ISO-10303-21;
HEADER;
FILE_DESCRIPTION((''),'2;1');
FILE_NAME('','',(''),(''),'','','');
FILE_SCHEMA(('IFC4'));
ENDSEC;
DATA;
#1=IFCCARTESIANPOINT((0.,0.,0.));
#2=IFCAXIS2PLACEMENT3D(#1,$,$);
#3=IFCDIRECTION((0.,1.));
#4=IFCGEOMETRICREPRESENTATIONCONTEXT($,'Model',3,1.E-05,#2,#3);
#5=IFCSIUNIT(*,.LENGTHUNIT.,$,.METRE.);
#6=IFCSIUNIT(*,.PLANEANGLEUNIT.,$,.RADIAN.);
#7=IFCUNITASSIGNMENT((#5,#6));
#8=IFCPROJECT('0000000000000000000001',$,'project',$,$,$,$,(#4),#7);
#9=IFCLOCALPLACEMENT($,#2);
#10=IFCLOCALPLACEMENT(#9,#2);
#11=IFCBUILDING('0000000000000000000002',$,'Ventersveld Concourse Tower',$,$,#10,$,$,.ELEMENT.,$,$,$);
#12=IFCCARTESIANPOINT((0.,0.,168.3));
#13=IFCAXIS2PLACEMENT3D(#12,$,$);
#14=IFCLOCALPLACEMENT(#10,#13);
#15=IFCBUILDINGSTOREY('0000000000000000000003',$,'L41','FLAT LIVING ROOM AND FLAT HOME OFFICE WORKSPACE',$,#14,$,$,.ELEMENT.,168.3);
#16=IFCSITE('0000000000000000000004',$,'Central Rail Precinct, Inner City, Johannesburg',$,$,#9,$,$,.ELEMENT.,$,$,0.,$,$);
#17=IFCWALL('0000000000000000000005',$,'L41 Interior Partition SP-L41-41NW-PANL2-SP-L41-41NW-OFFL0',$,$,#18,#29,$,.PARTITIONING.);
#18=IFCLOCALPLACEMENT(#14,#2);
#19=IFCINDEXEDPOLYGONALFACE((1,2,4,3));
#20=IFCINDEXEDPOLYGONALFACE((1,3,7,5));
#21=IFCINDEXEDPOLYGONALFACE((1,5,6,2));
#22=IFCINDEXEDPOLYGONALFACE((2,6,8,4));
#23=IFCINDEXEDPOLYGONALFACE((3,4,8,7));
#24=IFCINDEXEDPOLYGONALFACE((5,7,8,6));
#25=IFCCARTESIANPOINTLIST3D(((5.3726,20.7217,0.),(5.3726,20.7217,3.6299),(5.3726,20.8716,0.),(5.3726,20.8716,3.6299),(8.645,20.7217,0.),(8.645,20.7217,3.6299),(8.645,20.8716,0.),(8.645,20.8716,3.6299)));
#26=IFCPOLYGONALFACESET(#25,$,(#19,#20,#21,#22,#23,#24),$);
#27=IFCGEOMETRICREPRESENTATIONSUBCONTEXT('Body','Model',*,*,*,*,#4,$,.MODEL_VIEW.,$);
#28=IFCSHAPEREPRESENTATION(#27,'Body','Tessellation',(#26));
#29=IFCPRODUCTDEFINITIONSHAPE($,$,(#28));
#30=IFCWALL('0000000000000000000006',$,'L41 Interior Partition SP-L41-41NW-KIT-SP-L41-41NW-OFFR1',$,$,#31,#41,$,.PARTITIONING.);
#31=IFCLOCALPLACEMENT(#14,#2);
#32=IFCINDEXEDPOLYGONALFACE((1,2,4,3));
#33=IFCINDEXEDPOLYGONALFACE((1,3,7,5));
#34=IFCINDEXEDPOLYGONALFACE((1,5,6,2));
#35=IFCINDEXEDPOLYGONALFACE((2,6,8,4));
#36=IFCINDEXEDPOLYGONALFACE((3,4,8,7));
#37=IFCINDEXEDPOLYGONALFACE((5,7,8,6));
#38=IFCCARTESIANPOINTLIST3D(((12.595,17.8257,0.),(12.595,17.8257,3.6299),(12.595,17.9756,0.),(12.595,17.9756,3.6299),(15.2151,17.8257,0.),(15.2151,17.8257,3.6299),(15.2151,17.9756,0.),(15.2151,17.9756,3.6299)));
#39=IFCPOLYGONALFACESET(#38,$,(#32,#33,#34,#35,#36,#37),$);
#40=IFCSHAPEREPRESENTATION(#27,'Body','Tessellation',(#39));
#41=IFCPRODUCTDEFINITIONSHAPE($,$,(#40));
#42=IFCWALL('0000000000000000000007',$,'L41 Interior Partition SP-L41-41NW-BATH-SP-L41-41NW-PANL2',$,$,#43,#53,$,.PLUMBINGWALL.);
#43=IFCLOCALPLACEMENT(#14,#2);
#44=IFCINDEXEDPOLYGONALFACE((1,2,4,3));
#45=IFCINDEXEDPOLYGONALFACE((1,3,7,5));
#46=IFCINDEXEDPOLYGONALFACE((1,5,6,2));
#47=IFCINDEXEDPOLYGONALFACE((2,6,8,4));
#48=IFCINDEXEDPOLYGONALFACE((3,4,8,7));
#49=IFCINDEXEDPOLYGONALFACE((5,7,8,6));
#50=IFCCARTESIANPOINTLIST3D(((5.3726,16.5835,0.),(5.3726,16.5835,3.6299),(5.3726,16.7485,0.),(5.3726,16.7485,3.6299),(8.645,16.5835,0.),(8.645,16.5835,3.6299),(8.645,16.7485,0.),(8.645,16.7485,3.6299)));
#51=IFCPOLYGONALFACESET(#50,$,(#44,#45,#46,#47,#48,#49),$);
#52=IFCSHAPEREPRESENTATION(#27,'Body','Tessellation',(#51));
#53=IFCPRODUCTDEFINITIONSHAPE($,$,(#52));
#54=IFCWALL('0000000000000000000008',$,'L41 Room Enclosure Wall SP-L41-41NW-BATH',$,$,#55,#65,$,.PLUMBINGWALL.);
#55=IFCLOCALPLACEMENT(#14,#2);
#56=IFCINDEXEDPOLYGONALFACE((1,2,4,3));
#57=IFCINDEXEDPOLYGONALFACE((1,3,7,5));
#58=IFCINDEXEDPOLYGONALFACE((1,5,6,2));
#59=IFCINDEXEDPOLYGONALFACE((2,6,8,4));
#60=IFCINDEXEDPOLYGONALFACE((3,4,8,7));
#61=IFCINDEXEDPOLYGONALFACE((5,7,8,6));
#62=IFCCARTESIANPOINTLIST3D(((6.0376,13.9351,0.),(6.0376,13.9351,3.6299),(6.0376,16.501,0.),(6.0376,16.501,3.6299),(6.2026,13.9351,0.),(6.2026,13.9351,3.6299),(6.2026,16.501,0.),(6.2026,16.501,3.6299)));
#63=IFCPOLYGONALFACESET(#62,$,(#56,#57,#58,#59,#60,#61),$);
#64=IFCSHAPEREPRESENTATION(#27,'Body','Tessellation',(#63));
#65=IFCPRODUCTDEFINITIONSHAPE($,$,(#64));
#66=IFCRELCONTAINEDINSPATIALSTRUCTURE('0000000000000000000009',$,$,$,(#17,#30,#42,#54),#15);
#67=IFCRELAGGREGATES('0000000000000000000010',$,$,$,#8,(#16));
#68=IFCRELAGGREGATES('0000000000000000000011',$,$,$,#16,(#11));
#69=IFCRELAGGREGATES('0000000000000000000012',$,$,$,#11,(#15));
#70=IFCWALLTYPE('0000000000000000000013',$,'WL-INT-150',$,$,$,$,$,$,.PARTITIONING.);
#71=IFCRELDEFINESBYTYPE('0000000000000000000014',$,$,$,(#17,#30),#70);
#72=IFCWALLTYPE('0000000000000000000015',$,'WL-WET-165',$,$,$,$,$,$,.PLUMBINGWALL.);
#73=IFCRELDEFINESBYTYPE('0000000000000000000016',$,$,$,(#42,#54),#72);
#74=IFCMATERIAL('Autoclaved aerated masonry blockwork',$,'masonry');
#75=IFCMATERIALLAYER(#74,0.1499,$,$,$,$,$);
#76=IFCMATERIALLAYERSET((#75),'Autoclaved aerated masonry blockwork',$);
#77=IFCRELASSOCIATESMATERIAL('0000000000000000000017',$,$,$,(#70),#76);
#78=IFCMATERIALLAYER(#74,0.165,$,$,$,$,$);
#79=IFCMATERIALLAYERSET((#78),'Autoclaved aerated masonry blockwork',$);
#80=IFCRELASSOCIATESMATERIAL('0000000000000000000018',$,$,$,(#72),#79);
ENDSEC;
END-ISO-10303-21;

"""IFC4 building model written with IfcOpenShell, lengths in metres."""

from ifc_helpers import new_model, si_unit, direction, frame, frame_2d, origin, place, context, subcontext, project, spatial, rectangle, extrude, material, layer, layer_set, type_object, element, save


model = new_model("IFC4")

# Units and contexts
model_context = context("Model", 3, precision=1e-05, world=origin(), true_north=direction((0.0, 1.0)))
body_context = subcontext(model_context, "Body", "Model", "MODEL_VIEW")
ifc_project = project(units=[si_unit("LENGTHUNIT", "METRE"), si_unit("PLANEANGLEUNIT", "RADIAN")], contexts=[model_context])

# Site, building, storey
site_placement = place(None, origin())
site = spatial("IfcSite", under=ifc_project, at=site_placement, Name="Central Rail Precinct, Inner City, Johannesburg", CompositionType="ELEMENT", RefElevation=0.0)
building_placement = place(site_placement, origin())
building = spatial("IfcBuilding", under=site, at=building_placement, Name="Ventersveld Concourse Tower", CompositionType="ELEMENT")
storey_placement = place(building_placement, frame((0.0, 0.0, 168.3)))
storey = spatial("IfcBuildingStorey", under=building, at=storey_placement, Name="L41", Description="FLAT LIVING ROOM AND FLAT HOME OFFICE WORKSPACE", CompositionType="ELEMENT", Elevation=168.3)

# Shared definitions
ifc_material_1 = material(Name="Autoclaved aerated masonry blockwork", Category="masonry")
ifc_layer_1 = layer(ifc_material_1, 0.1499)
ifc_layer_set_1 = layer_set([ifc_layer_1], Name="Autoclaved aerated masonry blockwork")
wall_type_1 = type_object("IfcWallType", Name="WL-INT-150", PredefinedType="PARTITIONING", material=ifc_layer_set_1)

# Walls
wall_1_placement = place(storey_placement, frame((5.3726, 20.7966, 0.0), z_axis=(0.0, 0.0, 1.0), x_axis=(1.0, 0.0, 0.0)))
element("IfcWall", 1, at=wall_1_placement, inside=storey, type_object=wall_type_1, Name="L41 Interior Partition SP-L41-41NW-PANL2-SP-L41-41NW-OFFL0", PredefinedType="PARTITIONING", context=body_context, shape_type="SweptSolid", body=[
    extrude(rectangle(XDim=3.2725, YDim=0.1499, at=frame_2d((1.6362, 0.0))), origin(), (0.0, 0.0, 1.0), 3.6299),
])
wall_2_placement = place(storey_placement, frame((12.595, 17.9006, 0.0), z_axis=(0.0, 0.0, 1.0), x_axis=(1.0, 0.0, 0.0)))
element("IfcWall", 2, at=wall_2_placement, inside=storey, type_object=wall_type_1, Name="L41 Interior Partition SP-L41-41NW-KIT-SP-L41-41NW-OFFR1", PredefinedType="PARTITIONING", context=body_context, shape_type="SweptSolid", body=[
    extrude(rectangle(XDim=2.6201, YDim=0.1499, at=frame_2d((1.3101, 0.0))), origin(), (0.0, 0.0, 1.0), 3.6299),
])
ifc_layer_2 = layer(ifc_material_1, 0.165)
ifc_layer_set_2 = layer_set([ifc_layer_2], Name="Autoclaved aerated masonry blockwork")
wall_type_2 = type_object("IfcWallType", Name="WL-WET-165", PredefinedType="PLUMBINGWALL", material=ifc_layer_set_2)
wall_3_placement = place(storey_placement, frame((5.3726, 16.666, 0.0), z_axis=(0.0, 0.0, 1.0), x_axis=(1.0, 0.0, 0.0)))
element("IfcWall", 3, at=wall_3_placement, inside=storey, type_object=wall_type_2, Name="L41 Interior Partition SP-L41-41NW-BATH-SP-L41-41NW-PANL2", PredefinedType="PLUMBINGWALL", context=body_context, shape_type="SweptSolid", body=[
    extrude(rectangle(XDim=3.2725, YDim=0.165, at=frame_2d((1.6362, 0.0))), origin(), (0.0, 0.0, 1.0), 3.6299),
])
wall_4_placement = place(storey_placement, frame((6.1201, 13.9351, 0.0), z_axis=(0.0, 0.0, 1.0), x_axis=(0.0, 1.0, 0.0)))
element("IfcWall", 4, at=wall_4_placement, inside=storey, type_object=wall_type_2, Name="L41 Room Enclosure Wall SP-L41-41NW-BATH", PredefinedType="PLUMBINGWALL", context=body_context, shape_type="SweptSolid", body=[
    extrude(rectangle(XDim=2.5659, YDim=0.165, at=frame_2d((1.283, 0.0))), origin(), (0.0, 0.0, 1.0), 3.6299),
])

save(model, "model.ifc")
